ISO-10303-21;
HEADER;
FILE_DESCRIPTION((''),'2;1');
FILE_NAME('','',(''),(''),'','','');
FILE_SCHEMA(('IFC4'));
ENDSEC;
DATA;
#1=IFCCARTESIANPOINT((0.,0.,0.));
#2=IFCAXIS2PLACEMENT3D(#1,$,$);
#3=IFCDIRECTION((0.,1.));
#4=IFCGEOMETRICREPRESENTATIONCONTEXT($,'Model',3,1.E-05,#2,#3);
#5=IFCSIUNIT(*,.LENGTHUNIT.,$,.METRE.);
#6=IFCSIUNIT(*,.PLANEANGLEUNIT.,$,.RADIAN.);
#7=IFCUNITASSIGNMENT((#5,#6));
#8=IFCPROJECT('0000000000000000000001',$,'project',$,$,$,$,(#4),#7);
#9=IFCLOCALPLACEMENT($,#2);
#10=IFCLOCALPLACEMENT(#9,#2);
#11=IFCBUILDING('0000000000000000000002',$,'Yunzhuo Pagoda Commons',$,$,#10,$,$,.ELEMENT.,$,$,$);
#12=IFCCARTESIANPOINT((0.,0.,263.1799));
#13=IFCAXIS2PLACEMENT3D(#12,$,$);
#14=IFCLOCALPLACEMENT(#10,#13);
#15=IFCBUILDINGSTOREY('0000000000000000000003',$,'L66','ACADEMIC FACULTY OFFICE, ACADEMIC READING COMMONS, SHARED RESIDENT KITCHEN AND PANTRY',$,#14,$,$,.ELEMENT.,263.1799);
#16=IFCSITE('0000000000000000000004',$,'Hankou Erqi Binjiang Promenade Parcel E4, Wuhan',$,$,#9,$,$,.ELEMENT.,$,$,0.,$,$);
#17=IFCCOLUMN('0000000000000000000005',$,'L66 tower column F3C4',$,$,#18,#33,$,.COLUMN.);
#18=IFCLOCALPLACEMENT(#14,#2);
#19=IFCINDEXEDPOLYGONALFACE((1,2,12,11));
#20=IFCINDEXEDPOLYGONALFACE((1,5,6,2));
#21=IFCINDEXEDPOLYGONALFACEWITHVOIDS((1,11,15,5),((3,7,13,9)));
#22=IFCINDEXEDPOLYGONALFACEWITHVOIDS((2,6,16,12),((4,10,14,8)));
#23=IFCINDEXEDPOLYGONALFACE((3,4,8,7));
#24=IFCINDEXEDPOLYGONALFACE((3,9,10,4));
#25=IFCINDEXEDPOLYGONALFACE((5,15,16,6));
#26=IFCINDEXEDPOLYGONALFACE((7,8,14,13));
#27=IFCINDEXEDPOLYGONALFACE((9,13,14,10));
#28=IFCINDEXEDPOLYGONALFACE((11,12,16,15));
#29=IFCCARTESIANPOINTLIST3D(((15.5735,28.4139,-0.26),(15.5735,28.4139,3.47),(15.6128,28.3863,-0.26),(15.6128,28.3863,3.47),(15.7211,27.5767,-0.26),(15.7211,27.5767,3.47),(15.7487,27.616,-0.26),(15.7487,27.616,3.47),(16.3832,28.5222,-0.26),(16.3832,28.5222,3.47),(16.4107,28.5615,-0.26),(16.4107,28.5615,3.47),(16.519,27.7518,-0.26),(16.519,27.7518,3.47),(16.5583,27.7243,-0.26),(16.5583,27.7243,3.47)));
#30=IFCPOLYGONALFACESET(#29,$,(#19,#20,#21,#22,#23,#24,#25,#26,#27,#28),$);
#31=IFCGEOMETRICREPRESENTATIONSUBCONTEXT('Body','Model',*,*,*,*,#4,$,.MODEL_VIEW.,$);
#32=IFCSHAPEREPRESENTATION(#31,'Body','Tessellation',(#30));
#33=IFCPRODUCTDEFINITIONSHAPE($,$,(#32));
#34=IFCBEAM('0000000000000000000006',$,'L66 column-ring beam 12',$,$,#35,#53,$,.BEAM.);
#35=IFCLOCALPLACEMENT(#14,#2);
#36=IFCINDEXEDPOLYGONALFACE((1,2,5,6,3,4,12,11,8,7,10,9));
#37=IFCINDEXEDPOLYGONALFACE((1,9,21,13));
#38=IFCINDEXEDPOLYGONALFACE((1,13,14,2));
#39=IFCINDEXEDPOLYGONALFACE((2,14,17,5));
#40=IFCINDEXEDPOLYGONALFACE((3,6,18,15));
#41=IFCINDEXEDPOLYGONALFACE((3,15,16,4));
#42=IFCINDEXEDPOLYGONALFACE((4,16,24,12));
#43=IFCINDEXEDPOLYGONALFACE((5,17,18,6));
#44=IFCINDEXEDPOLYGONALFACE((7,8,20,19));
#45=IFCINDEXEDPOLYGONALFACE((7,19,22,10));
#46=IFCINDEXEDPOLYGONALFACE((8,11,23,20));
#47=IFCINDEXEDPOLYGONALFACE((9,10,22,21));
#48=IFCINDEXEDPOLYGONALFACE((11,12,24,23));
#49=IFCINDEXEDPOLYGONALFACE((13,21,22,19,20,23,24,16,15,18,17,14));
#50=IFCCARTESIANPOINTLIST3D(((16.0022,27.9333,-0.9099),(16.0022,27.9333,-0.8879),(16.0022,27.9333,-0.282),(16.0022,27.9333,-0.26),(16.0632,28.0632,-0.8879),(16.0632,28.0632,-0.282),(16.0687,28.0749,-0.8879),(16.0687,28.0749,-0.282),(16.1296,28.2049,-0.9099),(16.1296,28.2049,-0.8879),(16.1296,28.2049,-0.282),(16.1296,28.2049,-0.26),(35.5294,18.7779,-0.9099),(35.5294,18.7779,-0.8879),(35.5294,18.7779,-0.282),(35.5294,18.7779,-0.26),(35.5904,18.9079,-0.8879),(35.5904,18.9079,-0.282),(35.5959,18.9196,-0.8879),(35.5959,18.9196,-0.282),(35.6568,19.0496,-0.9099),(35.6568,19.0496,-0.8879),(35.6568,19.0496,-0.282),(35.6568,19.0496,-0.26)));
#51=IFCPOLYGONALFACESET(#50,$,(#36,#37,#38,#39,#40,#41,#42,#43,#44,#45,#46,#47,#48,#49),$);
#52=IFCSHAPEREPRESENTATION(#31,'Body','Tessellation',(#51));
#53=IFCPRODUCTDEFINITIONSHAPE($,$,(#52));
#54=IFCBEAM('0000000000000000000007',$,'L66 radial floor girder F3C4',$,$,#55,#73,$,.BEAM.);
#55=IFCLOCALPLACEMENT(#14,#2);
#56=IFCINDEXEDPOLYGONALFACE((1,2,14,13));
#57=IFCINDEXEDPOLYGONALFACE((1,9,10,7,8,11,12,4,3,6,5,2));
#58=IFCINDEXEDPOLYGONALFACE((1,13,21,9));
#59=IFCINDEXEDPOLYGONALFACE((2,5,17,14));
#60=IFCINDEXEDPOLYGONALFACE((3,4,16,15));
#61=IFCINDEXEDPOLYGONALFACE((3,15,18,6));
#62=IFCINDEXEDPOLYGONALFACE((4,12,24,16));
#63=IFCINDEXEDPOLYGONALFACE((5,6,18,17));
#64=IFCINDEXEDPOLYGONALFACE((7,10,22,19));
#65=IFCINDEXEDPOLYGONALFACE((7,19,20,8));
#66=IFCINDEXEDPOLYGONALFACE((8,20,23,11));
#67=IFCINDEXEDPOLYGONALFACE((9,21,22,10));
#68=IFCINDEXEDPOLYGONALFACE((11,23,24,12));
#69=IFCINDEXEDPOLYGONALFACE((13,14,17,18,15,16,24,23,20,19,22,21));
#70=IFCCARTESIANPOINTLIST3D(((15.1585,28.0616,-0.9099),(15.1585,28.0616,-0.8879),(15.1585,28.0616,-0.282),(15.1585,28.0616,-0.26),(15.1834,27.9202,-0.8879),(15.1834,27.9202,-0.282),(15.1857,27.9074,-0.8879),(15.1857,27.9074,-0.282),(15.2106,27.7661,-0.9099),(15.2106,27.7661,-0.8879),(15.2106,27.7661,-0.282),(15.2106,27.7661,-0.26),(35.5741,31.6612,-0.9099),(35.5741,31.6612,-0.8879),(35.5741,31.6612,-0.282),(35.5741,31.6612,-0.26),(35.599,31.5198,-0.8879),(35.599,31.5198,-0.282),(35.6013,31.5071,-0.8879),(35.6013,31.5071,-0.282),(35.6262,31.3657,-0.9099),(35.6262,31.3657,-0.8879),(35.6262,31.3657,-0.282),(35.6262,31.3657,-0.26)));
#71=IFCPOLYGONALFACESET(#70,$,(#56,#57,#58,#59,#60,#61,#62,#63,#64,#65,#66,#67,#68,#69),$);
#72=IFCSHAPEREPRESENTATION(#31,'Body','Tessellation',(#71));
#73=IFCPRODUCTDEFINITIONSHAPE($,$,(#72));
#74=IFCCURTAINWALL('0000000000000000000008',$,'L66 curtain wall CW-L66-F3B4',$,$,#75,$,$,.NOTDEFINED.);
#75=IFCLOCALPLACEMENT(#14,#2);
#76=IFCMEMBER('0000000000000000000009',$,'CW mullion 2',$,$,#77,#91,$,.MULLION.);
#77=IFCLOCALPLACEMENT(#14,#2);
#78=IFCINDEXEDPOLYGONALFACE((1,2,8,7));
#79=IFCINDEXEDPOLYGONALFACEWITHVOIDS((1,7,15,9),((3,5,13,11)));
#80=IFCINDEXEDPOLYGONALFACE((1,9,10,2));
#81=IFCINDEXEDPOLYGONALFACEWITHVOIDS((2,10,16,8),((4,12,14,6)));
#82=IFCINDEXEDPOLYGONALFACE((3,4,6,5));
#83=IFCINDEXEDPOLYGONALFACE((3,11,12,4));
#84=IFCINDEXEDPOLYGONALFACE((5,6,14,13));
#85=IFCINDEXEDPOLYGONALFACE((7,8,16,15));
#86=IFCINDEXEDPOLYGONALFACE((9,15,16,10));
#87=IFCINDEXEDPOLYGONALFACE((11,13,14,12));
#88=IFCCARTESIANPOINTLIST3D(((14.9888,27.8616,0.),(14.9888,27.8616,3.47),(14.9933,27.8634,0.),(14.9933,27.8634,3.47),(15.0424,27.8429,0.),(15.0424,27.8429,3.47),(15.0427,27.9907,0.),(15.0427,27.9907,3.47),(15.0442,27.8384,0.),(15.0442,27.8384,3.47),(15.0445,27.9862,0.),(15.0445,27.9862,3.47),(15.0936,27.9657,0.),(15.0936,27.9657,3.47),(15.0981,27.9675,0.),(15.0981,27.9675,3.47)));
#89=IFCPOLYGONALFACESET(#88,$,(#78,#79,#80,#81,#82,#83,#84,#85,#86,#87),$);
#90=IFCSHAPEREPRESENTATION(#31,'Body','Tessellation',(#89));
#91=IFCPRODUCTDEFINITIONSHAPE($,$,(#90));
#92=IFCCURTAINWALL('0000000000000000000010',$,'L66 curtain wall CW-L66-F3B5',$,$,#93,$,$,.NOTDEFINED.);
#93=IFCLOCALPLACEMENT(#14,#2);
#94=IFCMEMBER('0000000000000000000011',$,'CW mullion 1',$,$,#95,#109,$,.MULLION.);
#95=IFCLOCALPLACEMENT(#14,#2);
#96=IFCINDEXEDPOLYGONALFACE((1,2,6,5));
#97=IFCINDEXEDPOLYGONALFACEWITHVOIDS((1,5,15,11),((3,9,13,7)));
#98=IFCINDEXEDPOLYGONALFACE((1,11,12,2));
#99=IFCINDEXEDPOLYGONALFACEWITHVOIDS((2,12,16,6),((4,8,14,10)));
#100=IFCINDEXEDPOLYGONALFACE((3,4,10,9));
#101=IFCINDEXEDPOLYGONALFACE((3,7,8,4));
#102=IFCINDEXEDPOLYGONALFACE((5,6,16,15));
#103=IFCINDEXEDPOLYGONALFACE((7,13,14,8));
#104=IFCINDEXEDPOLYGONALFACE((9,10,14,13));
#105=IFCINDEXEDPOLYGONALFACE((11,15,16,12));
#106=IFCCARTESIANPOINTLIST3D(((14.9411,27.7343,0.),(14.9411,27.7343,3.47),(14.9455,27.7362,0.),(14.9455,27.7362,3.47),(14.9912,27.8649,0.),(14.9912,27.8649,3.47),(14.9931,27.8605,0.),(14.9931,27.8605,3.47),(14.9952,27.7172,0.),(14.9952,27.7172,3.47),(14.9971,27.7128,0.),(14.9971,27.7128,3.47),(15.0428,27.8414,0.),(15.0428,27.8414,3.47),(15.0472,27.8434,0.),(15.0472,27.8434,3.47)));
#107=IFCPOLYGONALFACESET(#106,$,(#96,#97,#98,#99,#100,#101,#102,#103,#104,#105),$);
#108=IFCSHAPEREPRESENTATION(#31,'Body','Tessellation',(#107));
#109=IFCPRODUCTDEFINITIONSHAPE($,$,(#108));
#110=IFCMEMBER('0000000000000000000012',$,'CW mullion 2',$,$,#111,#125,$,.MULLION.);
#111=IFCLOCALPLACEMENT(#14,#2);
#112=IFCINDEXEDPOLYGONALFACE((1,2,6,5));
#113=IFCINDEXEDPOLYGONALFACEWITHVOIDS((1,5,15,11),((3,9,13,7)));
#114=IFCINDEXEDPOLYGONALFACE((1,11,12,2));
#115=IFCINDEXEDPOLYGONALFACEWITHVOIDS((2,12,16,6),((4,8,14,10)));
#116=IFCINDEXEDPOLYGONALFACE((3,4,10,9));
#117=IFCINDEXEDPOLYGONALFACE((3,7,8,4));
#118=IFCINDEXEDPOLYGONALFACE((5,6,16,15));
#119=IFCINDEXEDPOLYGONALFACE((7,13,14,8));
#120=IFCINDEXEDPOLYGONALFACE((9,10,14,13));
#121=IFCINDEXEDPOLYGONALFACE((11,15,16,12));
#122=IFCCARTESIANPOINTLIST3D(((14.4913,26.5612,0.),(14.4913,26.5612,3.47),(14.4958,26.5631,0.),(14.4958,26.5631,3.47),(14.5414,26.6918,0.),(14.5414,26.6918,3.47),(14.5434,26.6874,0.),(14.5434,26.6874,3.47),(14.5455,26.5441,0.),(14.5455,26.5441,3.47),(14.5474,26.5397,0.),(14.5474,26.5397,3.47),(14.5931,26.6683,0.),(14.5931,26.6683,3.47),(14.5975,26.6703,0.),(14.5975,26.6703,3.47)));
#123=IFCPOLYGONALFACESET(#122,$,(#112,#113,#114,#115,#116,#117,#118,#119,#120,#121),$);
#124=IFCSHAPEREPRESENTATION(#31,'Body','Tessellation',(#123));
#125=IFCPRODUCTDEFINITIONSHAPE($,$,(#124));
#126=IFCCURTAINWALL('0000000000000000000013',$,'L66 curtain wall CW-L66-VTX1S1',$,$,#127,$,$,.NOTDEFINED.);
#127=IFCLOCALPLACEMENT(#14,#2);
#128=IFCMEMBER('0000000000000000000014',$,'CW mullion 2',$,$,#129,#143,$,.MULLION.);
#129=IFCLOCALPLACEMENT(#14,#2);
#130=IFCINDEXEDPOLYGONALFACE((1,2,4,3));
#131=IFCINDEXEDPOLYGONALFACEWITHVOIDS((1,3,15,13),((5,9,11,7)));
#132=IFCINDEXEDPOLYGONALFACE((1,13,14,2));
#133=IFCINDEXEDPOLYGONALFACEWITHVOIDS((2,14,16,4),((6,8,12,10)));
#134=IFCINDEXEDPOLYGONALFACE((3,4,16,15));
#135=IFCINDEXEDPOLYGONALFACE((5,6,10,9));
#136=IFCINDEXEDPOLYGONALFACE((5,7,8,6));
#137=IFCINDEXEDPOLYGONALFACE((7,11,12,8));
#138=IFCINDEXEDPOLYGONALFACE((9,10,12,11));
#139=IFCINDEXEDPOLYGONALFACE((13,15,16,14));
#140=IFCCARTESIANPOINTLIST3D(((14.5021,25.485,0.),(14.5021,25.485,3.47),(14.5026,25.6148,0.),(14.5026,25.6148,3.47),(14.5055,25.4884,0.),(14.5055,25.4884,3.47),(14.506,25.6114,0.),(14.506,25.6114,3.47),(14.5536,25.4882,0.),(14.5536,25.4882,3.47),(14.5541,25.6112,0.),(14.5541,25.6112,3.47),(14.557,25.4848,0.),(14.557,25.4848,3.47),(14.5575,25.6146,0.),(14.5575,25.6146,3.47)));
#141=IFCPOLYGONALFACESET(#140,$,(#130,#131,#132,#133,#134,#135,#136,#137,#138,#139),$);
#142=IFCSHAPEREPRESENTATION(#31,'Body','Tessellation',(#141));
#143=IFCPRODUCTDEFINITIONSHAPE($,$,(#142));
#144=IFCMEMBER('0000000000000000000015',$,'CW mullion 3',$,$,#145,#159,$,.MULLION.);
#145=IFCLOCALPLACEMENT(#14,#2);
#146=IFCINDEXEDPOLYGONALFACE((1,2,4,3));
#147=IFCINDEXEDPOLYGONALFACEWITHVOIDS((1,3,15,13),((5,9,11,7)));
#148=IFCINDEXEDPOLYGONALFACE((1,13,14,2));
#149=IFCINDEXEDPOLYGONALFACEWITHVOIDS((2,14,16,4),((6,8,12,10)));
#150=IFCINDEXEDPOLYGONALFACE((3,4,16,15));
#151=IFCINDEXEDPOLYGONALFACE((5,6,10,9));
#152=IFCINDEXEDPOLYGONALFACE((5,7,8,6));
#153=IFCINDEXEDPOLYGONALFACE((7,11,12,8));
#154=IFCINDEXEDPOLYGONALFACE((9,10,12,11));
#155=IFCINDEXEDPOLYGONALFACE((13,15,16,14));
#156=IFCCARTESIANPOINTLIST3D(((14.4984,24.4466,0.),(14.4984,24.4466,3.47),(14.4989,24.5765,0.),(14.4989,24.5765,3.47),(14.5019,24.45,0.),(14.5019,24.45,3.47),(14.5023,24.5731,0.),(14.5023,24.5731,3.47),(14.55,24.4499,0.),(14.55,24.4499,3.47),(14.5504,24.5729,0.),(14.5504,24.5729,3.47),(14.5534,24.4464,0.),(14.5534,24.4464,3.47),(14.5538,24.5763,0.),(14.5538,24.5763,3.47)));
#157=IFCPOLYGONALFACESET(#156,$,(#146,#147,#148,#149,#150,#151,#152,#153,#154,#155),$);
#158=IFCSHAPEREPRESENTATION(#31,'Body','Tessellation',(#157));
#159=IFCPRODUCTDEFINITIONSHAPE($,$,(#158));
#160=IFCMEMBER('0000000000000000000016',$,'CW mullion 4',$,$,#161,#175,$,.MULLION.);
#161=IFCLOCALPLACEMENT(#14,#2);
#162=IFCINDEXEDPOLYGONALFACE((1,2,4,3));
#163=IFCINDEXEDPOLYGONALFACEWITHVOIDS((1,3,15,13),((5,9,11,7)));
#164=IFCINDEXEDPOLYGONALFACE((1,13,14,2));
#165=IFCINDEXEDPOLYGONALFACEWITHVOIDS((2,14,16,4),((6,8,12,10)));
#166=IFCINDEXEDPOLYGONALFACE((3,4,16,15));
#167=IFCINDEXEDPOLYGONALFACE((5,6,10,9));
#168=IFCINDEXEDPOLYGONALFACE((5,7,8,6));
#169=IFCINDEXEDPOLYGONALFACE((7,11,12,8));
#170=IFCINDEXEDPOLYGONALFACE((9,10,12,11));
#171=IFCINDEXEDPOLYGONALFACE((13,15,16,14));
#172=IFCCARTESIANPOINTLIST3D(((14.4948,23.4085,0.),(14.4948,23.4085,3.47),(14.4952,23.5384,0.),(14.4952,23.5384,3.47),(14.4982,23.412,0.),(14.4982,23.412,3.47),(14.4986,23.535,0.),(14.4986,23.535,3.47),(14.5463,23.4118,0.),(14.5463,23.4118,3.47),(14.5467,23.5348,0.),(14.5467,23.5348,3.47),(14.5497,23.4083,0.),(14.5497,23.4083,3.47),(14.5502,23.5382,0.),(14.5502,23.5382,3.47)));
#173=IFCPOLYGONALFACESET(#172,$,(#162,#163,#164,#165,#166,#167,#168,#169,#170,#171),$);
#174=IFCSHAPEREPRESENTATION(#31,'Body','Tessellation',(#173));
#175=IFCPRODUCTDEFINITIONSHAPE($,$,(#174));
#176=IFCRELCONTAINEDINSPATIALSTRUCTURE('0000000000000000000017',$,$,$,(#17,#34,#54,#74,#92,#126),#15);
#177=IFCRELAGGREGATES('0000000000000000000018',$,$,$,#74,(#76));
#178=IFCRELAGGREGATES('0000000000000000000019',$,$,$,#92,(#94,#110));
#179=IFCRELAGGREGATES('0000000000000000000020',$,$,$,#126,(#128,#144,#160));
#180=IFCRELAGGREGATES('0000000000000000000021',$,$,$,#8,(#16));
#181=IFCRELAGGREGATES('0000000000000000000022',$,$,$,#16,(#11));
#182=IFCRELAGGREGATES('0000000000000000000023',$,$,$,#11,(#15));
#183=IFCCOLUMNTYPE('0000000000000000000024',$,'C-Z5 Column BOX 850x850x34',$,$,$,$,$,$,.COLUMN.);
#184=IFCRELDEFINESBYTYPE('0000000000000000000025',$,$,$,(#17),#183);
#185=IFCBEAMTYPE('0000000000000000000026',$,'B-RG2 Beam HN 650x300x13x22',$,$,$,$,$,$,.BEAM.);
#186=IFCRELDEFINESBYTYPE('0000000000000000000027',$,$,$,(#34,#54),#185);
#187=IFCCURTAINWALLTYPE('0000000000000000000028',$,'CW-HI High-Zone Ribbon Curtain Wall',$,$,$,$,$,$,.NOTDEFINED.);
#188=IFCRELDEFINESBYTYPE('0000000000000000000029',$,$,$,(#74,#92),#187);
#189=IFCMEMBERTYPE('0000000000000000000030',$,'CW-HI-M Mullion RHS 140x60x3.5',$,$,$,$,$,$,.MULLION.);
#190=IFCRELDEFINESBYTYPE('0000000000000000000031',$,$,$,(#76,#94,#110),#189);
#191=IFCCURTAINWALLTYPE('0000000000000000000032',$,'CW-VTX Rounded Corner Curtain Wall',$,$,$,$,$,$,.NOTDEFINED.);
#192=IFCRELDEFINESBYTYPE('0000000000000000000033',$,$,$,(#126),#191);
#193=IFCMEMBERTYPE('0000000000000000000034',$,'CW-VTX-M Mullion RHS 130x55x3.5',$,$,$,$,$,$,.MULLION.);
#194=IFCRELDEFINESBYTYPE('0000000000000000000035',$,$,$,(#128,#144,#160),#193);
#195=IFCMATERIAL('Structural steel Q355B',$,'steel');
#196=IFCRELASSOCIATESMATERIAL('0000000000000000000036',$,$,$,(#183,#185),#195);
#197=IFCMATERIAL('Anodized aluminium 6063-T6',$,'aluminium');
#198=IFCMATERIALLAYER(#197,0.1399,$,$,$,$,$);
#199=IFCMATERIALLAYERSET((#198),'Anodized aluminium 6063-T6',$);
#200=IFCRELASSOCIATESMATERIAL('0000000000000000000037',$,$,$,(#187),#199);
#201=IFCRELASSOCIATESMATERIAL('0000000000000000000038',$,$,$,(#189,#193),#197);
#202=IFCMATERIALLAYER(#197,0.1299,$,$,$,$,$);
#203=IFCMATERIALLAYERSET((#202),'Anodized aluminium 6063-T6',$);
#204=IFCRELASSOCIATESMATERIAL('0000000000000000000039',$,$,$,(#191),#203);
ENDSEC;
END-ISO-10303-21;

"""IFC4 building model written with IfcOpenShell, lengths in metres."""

from ifc_helpers import new_model, si_unit, direction, frame, origin, origin_2d, place, context, subcontext, project, spatial, hollow_rectangle, i_section, extrude, source, transform, mapped, material, layer, layer_set, material_profile, profile_set, type_object, element, aggregate, save


model = new_model("IFC4")

# Units and contexts
model_context = context("Model", 3, precision=1e-05, world=origin(), true_north=direction((0.0, 1.0)))
body_context = subcontext(model_context, "Body", "Model", "MODEL_VIEW")
ifc_project = project(units=[si_unit("LENGTHUNIT", "METRE"), si_unit("PLANEANGLEUNIT", "RADIAN")], contexts=[model_context])

# Site, building, storey
site_placement = place(None, origin())
site = spatial("IfcSite", under=ifc_project, at=site_placement, Name="Hankou Erqi Binjiang Promenade Parcel E4, Wuhan", CompositionType="ELEMENT", RefElevation=0.0)
building_placement = place(site_placement, origin())
building = spatial("IfcBuilding", under=site, at=building_placement, Name="Yunzhuo Pagoda Commons", CompositionType="ELEMENT")
storey_placement = place(building_placement, frame((0.0, 0.0, 263.1799)))
storey = spatial("IfcBuildingStorey", under=building, at=storey_placement, Name="L66", Description="ACADEMIC FACULTY OFFICE, ACADEMIC READING COMMONS, SHARED RESIDENT KITCHEN AND PANTRY", CompositionType="ELEMENT", Elevation=263.1799)

# Column
ifc_material_1 = material(Name="Structural steel Q355B", Category="steel")
ifc_material_profile_1 = material_profile(ifc_material_1, hollow_rectangle(XDim=0.8501, YDim=0.8501, WallThickness=0.0339, at=origin_2d()), Name="Structural steel Q355B")
ifc_profile_set_1 = profile_set([ifc_material_profile_1], Name="Structural steel Q355B")
column_type = type_object("IfcColumnType", Name="C-Z5 Column BOX 850x850x34", PredefinedType="COLUMN", material=ifc_profile_set_1)
shared_shape_1 = source(origin(), body_context, "Body", "SweptSolid", [
    extrude(hollow_rectangle(XDim=0.8501, YDim=0.8501, WallThickness=0.0339, at=origin_2d()), origin(), (0.0, 0.0, 1.0), 3.73),
])
column_placement = place(storey_placement, frame((16.0659, 28.0691, -0.26), z_axis=(0.0, 0.0, 1.0), x_axis=(0.173648, -0.984808, 0.0)))
element("IfcColumn", 1, at=column_placement, inside=storey, type_object=column_type, Name="L66 tower column F3C4", PredefinedType="COLUMN", context=body_context, shape_type="MappedRepresentation", body=[
    mapped(shared_shape_1, transform((0.0, 0.0, 0.0), scale=1.0)),
])

# Beams
ifc_material_profile_2 = material_profile(ifc_material_1, i_section(OverallWidth=0.3, OverallDepth=0.6499, WebThickness=0.0129, FlangeThickness=0.022, at=origin_2d()), Name="Structural steel Q355B")
ifc_profile_set_2 = profile_set([ifc_material_profile_2], Name="Structural steel Q355B")
beam_type = type_object("IfcBeamType", Name="B-RG2 Beam HN 650x300x13x22", PredefinedType="BEAM", material=ifc_profile_set_2)
shared_shape_2 = source(origin(), body_context, "Body", "SweptSolid", [
    extrude(i_section(OverallWidth=0.3, OverallDepth=0.6499, WebThickness=0.0129, FlangeThickness=0.022, at=origin_2d()), origin(), (0.0, 0.0, 1.0), 21.5669),
])
beam_1_placement = place(storey_placement, frame((16.0659, 28.0691, -0.585), z_axis=(0.905424, -0.424508, 0.0), x_axis=(0.424508, 0.905424, 0.0)))
element("IfcBeam", 2, at=beam_1_placement, inside=storey, type_object=beam_type, Name="L66 column-ring beam 12", PredefinedType="BEAM", context=body_context, shape_type="MappedRepresentation", body=[
    mapped(shared_shape_2, transform((0.0, 0.0, 0.0), scale=1.0)),
])
shared_shape_3 = source(origin(), body_context, "Body", "SweptSolid", [
    extrude(i_section(OverallWidth=0.3, OverallDepth=0.6499, WebThickness=0.0129, FlangeThickness=0.022, at=origin_2d()), origin(), (0.0, 0.0, 1.0), 20.7305),
])
beam_2_placement = place(storey_placement, frame((15.1846, 27.9138, -0.585), z_axis=(0.984809, 0.173639, 0.0), x_axis=(-0.173639, 0.984809, 0.0)))
element("IfcBeam", 3, at=beam_2_placement, inside=storey, type_object=beam_type, Name="L66 radial floor girder F3C4", PredefinedType="BEAM", context=body_context, shape_type="MappedRepresentation", body=[
    mapped(shared_shape_3, transform((0.0, 0.0, 0.0), scale=1.0)),
])

# Curtain wall, member
ifc_material_2 = material(Name="Anodized aluminium 6063-T6", Category="aluminium")
ifc_layer_1 = layer(ifc_material_2, 0.1399)
ifc_layer_set_1 = layer_set([ifc_layer_1], Name="Anodized aluminium 6063-T6")
curtain_wall_type_1 = type_object("IfcCurtainWallType", Name="CW-HI High-Zone Ribbon Curtain Wall", PredefinedType="NOTDEFINED", material=ifc_layer_set_1)
curtain_wall_1_placement = place(storey_placement, origin())
curtain_wall_1 = element("IfcCurtainWall", 4, at=curtain_wall_1_placement, inside=storey, type_object=curtain_wall_type_1, Name="L66 curtain wall CW-L66-F3B4", PredefinedType="NOTDEFINED")
ifc_material_profile_3 = material_profile(ifc_material_2, hollow_rectangle(XDim=0.0601, YDim=0.1399, WallThickness=0.0034, at=origin_2d()), Name="Anodized aluminium 6063-T6")
ifc_profile_set_3 = profile_set([ifc_material_profile_3], Name="Anodized aluminium 6063-T6")
member_type_1 = type_object("IfcMemberType", Name="CW-HI-M Mullion RHS 140x60x3.5", PredefinedType="MULLION", material=ifc_profile_set_3)
shared_shape_4 = source(origin(), body_context, "Body", "SweptSolid", [
    extrude(hollow_rectangle(XDim=0.0601, YDim=0.1399, WallThickness=0.0034, at=origin_2d()), origin(), (0.0, 0.0, 1.0), 3.47),
])
member_1_placement = place(storey_placement, frame((15.0435, 27.9146, 0.0), z_axis=(0.0, 0.0, 1.0), x_axis=(0.92291, -0.385016, 0.0)))
member_1 = element("IfcMember", 5, at=member_1_placement, type_object=member_type_1, Name="CW mullion 2", PredefinedType="MULLION", context=body_context, shape_type="MappedRepresentation", body=[
    mapped(shared_shape_4, transform((0.0, 0.0, 0.0), scale=1.0)),
])
aggregate(curtain_wall_1, [member_1])

# Curtain walls, members
curtain_wall_2_placement = place(storey_placement, origin())
curtain_wall_2 = element("IfcCurtainWall", 6, at=curtain_wall_2_placement, inside=storey, type_object=curtain_wall_type_1, Name="L66 curtain wall CW-L66-F3B5", PredefinedType="NOTDEFINED")
member_2_placement = place(storey_placement, frame((14.9941, 27.7888, 0.0), z_axis=(0.0, 0.0, 1.0), x_axis=(0.933674, -0.358124, 0.0)))
member_2 = element("IfcMember", 7, at=member_2_placement, type_object=member_type_1, Name="CW mullion 1", PredefinedType="MULLION", context=body_context, shape_type="MappedRepresentation", body=[
    mapped(shared_shape_4, transform((0.0, 0.0, 0.0), scale=1.0)),
])
member_3_placement = place(storey_placement, frame((14.5444, 26.6157, 0.0), z_axis=(0.0, 0.0, 1.0), x_axis=(0.933674, -0.358124, 0.0)))
member_3 = element("IfcMember", 8, at=member_3_placement, type_object=member_type_1, Name="CW mullion 2", PredefinedType="MULLION", context=body_context, shape_type="MappedRepresentation", body=[
    mapped(shared_shape_4, transform((0.0, 0.0, 0.0), scale=1.0)),
])
ifc_layer_2 = layer(ifc_material_2, 0.1299)
ifc_layer_set_2 = layer_set([ifc_layer_2], Name="Anodized aluminium 6063-T6")
curtain_wall_type_2 = type_object("IfcCurtainWallType", Name="CW-VTX Rounded Corner Curtain Wall", PredefinedType="NOTDEFINED", material=ifc_layer_set_2)
curtain_wall_3_placement = place(storey_placement, origin())
curtain_wall_3 = element("IfcCurtainWall", 9, at=curtain_wall_3_placement, inside=storey, type_object=curtain_wall_type_2, Name="L66 curtain wall CW-L66-VTX1S1", PredefinedType="NOTDEFINED")
ifc_material_profile_4 = material_profile(ifc_material_2, hollow_rectangle(XDim=0.0549, YDim=0.1299, WallThickness=0.0034, at=origin_2d()), Name="Anodized aluminium 6063-T6")
ifc_profile_set_4 = profile_set([ifc_material_profile_4], Name="Anodized aluminium 6063-T6")
member_type_2 = type_object("IfcMemberType", Name="CW-VTX-M Mullion RHS 130x55x3.5", PredefinedType="MULLION", material=ifc_profile_set_4)
shared_shape_5 = source(origin(), body_context, "Body", "SweptSolid", [
    extrude(hollow_rectangle(XDim=0.0549, YDim=0.1299, WallThickness=0.0034, at=origin_2d()), origin(), (0.0, 0.0, 1.0), 3.47),
])
member_4_placement = place(storey_placement, frame((14.5298, 25.5498, 0.0), z_axis=(0.0, 0.0, 1.0), x_axis=(0.999994, -0.003588, 0.0)))
member_4 = element("IfcMember", 10, at=member_4_placement, type_object=member_type_2, Name="CW mullion 2", PredefinedType="MULLION", context=body_context, shape_type="MappedRepresentation", body=[
    mapped(shared_shape_5, transform((0.0, 0.0, 0.0), scale=1.0)),
])
member_5_placement = place(storey_placement, frame((14.5261, 24.5115, 0.0), z_axis=(0.0, 0.0, 1.0), x_axis=(0.999994, -0.003588, 0.0)))
member_5 = element("IfcMember", 11, at=member_5_placement, type_object=member_type_2, Name="CW mullion 3", PredefinedType="MULLION", context=body_context, shape_type="MappedRepresentation", body=[
    mapped(shared_shape_5, transform((0.0, 0.0, 0.0), scale=1.0)),
])
member_6_placement = place(storey_placement, frame((14.5225, 23.4734, 0.0), z_axis=(0.0, 0.0, 1.0), x_axis=(0.999994, -0.003588, 0.0)))
member_6 = element("IfcMember", 12, at=member_6_placement, type_object=member_type_2, Name="CW mullion 4", PredefinedType="MULLION", context=body_context, shape_type="MappedRepresentation", body=[
    mapped(shared_shape_5, transform((0.0, 0.0, 0.0), scale=1.0)),
])

aggregate(curtain_wall_2, [member_2, member_3])
aggregate(curtain_wall_3, [member_4, member_5, member_6])

save(model, "model.ifc")
